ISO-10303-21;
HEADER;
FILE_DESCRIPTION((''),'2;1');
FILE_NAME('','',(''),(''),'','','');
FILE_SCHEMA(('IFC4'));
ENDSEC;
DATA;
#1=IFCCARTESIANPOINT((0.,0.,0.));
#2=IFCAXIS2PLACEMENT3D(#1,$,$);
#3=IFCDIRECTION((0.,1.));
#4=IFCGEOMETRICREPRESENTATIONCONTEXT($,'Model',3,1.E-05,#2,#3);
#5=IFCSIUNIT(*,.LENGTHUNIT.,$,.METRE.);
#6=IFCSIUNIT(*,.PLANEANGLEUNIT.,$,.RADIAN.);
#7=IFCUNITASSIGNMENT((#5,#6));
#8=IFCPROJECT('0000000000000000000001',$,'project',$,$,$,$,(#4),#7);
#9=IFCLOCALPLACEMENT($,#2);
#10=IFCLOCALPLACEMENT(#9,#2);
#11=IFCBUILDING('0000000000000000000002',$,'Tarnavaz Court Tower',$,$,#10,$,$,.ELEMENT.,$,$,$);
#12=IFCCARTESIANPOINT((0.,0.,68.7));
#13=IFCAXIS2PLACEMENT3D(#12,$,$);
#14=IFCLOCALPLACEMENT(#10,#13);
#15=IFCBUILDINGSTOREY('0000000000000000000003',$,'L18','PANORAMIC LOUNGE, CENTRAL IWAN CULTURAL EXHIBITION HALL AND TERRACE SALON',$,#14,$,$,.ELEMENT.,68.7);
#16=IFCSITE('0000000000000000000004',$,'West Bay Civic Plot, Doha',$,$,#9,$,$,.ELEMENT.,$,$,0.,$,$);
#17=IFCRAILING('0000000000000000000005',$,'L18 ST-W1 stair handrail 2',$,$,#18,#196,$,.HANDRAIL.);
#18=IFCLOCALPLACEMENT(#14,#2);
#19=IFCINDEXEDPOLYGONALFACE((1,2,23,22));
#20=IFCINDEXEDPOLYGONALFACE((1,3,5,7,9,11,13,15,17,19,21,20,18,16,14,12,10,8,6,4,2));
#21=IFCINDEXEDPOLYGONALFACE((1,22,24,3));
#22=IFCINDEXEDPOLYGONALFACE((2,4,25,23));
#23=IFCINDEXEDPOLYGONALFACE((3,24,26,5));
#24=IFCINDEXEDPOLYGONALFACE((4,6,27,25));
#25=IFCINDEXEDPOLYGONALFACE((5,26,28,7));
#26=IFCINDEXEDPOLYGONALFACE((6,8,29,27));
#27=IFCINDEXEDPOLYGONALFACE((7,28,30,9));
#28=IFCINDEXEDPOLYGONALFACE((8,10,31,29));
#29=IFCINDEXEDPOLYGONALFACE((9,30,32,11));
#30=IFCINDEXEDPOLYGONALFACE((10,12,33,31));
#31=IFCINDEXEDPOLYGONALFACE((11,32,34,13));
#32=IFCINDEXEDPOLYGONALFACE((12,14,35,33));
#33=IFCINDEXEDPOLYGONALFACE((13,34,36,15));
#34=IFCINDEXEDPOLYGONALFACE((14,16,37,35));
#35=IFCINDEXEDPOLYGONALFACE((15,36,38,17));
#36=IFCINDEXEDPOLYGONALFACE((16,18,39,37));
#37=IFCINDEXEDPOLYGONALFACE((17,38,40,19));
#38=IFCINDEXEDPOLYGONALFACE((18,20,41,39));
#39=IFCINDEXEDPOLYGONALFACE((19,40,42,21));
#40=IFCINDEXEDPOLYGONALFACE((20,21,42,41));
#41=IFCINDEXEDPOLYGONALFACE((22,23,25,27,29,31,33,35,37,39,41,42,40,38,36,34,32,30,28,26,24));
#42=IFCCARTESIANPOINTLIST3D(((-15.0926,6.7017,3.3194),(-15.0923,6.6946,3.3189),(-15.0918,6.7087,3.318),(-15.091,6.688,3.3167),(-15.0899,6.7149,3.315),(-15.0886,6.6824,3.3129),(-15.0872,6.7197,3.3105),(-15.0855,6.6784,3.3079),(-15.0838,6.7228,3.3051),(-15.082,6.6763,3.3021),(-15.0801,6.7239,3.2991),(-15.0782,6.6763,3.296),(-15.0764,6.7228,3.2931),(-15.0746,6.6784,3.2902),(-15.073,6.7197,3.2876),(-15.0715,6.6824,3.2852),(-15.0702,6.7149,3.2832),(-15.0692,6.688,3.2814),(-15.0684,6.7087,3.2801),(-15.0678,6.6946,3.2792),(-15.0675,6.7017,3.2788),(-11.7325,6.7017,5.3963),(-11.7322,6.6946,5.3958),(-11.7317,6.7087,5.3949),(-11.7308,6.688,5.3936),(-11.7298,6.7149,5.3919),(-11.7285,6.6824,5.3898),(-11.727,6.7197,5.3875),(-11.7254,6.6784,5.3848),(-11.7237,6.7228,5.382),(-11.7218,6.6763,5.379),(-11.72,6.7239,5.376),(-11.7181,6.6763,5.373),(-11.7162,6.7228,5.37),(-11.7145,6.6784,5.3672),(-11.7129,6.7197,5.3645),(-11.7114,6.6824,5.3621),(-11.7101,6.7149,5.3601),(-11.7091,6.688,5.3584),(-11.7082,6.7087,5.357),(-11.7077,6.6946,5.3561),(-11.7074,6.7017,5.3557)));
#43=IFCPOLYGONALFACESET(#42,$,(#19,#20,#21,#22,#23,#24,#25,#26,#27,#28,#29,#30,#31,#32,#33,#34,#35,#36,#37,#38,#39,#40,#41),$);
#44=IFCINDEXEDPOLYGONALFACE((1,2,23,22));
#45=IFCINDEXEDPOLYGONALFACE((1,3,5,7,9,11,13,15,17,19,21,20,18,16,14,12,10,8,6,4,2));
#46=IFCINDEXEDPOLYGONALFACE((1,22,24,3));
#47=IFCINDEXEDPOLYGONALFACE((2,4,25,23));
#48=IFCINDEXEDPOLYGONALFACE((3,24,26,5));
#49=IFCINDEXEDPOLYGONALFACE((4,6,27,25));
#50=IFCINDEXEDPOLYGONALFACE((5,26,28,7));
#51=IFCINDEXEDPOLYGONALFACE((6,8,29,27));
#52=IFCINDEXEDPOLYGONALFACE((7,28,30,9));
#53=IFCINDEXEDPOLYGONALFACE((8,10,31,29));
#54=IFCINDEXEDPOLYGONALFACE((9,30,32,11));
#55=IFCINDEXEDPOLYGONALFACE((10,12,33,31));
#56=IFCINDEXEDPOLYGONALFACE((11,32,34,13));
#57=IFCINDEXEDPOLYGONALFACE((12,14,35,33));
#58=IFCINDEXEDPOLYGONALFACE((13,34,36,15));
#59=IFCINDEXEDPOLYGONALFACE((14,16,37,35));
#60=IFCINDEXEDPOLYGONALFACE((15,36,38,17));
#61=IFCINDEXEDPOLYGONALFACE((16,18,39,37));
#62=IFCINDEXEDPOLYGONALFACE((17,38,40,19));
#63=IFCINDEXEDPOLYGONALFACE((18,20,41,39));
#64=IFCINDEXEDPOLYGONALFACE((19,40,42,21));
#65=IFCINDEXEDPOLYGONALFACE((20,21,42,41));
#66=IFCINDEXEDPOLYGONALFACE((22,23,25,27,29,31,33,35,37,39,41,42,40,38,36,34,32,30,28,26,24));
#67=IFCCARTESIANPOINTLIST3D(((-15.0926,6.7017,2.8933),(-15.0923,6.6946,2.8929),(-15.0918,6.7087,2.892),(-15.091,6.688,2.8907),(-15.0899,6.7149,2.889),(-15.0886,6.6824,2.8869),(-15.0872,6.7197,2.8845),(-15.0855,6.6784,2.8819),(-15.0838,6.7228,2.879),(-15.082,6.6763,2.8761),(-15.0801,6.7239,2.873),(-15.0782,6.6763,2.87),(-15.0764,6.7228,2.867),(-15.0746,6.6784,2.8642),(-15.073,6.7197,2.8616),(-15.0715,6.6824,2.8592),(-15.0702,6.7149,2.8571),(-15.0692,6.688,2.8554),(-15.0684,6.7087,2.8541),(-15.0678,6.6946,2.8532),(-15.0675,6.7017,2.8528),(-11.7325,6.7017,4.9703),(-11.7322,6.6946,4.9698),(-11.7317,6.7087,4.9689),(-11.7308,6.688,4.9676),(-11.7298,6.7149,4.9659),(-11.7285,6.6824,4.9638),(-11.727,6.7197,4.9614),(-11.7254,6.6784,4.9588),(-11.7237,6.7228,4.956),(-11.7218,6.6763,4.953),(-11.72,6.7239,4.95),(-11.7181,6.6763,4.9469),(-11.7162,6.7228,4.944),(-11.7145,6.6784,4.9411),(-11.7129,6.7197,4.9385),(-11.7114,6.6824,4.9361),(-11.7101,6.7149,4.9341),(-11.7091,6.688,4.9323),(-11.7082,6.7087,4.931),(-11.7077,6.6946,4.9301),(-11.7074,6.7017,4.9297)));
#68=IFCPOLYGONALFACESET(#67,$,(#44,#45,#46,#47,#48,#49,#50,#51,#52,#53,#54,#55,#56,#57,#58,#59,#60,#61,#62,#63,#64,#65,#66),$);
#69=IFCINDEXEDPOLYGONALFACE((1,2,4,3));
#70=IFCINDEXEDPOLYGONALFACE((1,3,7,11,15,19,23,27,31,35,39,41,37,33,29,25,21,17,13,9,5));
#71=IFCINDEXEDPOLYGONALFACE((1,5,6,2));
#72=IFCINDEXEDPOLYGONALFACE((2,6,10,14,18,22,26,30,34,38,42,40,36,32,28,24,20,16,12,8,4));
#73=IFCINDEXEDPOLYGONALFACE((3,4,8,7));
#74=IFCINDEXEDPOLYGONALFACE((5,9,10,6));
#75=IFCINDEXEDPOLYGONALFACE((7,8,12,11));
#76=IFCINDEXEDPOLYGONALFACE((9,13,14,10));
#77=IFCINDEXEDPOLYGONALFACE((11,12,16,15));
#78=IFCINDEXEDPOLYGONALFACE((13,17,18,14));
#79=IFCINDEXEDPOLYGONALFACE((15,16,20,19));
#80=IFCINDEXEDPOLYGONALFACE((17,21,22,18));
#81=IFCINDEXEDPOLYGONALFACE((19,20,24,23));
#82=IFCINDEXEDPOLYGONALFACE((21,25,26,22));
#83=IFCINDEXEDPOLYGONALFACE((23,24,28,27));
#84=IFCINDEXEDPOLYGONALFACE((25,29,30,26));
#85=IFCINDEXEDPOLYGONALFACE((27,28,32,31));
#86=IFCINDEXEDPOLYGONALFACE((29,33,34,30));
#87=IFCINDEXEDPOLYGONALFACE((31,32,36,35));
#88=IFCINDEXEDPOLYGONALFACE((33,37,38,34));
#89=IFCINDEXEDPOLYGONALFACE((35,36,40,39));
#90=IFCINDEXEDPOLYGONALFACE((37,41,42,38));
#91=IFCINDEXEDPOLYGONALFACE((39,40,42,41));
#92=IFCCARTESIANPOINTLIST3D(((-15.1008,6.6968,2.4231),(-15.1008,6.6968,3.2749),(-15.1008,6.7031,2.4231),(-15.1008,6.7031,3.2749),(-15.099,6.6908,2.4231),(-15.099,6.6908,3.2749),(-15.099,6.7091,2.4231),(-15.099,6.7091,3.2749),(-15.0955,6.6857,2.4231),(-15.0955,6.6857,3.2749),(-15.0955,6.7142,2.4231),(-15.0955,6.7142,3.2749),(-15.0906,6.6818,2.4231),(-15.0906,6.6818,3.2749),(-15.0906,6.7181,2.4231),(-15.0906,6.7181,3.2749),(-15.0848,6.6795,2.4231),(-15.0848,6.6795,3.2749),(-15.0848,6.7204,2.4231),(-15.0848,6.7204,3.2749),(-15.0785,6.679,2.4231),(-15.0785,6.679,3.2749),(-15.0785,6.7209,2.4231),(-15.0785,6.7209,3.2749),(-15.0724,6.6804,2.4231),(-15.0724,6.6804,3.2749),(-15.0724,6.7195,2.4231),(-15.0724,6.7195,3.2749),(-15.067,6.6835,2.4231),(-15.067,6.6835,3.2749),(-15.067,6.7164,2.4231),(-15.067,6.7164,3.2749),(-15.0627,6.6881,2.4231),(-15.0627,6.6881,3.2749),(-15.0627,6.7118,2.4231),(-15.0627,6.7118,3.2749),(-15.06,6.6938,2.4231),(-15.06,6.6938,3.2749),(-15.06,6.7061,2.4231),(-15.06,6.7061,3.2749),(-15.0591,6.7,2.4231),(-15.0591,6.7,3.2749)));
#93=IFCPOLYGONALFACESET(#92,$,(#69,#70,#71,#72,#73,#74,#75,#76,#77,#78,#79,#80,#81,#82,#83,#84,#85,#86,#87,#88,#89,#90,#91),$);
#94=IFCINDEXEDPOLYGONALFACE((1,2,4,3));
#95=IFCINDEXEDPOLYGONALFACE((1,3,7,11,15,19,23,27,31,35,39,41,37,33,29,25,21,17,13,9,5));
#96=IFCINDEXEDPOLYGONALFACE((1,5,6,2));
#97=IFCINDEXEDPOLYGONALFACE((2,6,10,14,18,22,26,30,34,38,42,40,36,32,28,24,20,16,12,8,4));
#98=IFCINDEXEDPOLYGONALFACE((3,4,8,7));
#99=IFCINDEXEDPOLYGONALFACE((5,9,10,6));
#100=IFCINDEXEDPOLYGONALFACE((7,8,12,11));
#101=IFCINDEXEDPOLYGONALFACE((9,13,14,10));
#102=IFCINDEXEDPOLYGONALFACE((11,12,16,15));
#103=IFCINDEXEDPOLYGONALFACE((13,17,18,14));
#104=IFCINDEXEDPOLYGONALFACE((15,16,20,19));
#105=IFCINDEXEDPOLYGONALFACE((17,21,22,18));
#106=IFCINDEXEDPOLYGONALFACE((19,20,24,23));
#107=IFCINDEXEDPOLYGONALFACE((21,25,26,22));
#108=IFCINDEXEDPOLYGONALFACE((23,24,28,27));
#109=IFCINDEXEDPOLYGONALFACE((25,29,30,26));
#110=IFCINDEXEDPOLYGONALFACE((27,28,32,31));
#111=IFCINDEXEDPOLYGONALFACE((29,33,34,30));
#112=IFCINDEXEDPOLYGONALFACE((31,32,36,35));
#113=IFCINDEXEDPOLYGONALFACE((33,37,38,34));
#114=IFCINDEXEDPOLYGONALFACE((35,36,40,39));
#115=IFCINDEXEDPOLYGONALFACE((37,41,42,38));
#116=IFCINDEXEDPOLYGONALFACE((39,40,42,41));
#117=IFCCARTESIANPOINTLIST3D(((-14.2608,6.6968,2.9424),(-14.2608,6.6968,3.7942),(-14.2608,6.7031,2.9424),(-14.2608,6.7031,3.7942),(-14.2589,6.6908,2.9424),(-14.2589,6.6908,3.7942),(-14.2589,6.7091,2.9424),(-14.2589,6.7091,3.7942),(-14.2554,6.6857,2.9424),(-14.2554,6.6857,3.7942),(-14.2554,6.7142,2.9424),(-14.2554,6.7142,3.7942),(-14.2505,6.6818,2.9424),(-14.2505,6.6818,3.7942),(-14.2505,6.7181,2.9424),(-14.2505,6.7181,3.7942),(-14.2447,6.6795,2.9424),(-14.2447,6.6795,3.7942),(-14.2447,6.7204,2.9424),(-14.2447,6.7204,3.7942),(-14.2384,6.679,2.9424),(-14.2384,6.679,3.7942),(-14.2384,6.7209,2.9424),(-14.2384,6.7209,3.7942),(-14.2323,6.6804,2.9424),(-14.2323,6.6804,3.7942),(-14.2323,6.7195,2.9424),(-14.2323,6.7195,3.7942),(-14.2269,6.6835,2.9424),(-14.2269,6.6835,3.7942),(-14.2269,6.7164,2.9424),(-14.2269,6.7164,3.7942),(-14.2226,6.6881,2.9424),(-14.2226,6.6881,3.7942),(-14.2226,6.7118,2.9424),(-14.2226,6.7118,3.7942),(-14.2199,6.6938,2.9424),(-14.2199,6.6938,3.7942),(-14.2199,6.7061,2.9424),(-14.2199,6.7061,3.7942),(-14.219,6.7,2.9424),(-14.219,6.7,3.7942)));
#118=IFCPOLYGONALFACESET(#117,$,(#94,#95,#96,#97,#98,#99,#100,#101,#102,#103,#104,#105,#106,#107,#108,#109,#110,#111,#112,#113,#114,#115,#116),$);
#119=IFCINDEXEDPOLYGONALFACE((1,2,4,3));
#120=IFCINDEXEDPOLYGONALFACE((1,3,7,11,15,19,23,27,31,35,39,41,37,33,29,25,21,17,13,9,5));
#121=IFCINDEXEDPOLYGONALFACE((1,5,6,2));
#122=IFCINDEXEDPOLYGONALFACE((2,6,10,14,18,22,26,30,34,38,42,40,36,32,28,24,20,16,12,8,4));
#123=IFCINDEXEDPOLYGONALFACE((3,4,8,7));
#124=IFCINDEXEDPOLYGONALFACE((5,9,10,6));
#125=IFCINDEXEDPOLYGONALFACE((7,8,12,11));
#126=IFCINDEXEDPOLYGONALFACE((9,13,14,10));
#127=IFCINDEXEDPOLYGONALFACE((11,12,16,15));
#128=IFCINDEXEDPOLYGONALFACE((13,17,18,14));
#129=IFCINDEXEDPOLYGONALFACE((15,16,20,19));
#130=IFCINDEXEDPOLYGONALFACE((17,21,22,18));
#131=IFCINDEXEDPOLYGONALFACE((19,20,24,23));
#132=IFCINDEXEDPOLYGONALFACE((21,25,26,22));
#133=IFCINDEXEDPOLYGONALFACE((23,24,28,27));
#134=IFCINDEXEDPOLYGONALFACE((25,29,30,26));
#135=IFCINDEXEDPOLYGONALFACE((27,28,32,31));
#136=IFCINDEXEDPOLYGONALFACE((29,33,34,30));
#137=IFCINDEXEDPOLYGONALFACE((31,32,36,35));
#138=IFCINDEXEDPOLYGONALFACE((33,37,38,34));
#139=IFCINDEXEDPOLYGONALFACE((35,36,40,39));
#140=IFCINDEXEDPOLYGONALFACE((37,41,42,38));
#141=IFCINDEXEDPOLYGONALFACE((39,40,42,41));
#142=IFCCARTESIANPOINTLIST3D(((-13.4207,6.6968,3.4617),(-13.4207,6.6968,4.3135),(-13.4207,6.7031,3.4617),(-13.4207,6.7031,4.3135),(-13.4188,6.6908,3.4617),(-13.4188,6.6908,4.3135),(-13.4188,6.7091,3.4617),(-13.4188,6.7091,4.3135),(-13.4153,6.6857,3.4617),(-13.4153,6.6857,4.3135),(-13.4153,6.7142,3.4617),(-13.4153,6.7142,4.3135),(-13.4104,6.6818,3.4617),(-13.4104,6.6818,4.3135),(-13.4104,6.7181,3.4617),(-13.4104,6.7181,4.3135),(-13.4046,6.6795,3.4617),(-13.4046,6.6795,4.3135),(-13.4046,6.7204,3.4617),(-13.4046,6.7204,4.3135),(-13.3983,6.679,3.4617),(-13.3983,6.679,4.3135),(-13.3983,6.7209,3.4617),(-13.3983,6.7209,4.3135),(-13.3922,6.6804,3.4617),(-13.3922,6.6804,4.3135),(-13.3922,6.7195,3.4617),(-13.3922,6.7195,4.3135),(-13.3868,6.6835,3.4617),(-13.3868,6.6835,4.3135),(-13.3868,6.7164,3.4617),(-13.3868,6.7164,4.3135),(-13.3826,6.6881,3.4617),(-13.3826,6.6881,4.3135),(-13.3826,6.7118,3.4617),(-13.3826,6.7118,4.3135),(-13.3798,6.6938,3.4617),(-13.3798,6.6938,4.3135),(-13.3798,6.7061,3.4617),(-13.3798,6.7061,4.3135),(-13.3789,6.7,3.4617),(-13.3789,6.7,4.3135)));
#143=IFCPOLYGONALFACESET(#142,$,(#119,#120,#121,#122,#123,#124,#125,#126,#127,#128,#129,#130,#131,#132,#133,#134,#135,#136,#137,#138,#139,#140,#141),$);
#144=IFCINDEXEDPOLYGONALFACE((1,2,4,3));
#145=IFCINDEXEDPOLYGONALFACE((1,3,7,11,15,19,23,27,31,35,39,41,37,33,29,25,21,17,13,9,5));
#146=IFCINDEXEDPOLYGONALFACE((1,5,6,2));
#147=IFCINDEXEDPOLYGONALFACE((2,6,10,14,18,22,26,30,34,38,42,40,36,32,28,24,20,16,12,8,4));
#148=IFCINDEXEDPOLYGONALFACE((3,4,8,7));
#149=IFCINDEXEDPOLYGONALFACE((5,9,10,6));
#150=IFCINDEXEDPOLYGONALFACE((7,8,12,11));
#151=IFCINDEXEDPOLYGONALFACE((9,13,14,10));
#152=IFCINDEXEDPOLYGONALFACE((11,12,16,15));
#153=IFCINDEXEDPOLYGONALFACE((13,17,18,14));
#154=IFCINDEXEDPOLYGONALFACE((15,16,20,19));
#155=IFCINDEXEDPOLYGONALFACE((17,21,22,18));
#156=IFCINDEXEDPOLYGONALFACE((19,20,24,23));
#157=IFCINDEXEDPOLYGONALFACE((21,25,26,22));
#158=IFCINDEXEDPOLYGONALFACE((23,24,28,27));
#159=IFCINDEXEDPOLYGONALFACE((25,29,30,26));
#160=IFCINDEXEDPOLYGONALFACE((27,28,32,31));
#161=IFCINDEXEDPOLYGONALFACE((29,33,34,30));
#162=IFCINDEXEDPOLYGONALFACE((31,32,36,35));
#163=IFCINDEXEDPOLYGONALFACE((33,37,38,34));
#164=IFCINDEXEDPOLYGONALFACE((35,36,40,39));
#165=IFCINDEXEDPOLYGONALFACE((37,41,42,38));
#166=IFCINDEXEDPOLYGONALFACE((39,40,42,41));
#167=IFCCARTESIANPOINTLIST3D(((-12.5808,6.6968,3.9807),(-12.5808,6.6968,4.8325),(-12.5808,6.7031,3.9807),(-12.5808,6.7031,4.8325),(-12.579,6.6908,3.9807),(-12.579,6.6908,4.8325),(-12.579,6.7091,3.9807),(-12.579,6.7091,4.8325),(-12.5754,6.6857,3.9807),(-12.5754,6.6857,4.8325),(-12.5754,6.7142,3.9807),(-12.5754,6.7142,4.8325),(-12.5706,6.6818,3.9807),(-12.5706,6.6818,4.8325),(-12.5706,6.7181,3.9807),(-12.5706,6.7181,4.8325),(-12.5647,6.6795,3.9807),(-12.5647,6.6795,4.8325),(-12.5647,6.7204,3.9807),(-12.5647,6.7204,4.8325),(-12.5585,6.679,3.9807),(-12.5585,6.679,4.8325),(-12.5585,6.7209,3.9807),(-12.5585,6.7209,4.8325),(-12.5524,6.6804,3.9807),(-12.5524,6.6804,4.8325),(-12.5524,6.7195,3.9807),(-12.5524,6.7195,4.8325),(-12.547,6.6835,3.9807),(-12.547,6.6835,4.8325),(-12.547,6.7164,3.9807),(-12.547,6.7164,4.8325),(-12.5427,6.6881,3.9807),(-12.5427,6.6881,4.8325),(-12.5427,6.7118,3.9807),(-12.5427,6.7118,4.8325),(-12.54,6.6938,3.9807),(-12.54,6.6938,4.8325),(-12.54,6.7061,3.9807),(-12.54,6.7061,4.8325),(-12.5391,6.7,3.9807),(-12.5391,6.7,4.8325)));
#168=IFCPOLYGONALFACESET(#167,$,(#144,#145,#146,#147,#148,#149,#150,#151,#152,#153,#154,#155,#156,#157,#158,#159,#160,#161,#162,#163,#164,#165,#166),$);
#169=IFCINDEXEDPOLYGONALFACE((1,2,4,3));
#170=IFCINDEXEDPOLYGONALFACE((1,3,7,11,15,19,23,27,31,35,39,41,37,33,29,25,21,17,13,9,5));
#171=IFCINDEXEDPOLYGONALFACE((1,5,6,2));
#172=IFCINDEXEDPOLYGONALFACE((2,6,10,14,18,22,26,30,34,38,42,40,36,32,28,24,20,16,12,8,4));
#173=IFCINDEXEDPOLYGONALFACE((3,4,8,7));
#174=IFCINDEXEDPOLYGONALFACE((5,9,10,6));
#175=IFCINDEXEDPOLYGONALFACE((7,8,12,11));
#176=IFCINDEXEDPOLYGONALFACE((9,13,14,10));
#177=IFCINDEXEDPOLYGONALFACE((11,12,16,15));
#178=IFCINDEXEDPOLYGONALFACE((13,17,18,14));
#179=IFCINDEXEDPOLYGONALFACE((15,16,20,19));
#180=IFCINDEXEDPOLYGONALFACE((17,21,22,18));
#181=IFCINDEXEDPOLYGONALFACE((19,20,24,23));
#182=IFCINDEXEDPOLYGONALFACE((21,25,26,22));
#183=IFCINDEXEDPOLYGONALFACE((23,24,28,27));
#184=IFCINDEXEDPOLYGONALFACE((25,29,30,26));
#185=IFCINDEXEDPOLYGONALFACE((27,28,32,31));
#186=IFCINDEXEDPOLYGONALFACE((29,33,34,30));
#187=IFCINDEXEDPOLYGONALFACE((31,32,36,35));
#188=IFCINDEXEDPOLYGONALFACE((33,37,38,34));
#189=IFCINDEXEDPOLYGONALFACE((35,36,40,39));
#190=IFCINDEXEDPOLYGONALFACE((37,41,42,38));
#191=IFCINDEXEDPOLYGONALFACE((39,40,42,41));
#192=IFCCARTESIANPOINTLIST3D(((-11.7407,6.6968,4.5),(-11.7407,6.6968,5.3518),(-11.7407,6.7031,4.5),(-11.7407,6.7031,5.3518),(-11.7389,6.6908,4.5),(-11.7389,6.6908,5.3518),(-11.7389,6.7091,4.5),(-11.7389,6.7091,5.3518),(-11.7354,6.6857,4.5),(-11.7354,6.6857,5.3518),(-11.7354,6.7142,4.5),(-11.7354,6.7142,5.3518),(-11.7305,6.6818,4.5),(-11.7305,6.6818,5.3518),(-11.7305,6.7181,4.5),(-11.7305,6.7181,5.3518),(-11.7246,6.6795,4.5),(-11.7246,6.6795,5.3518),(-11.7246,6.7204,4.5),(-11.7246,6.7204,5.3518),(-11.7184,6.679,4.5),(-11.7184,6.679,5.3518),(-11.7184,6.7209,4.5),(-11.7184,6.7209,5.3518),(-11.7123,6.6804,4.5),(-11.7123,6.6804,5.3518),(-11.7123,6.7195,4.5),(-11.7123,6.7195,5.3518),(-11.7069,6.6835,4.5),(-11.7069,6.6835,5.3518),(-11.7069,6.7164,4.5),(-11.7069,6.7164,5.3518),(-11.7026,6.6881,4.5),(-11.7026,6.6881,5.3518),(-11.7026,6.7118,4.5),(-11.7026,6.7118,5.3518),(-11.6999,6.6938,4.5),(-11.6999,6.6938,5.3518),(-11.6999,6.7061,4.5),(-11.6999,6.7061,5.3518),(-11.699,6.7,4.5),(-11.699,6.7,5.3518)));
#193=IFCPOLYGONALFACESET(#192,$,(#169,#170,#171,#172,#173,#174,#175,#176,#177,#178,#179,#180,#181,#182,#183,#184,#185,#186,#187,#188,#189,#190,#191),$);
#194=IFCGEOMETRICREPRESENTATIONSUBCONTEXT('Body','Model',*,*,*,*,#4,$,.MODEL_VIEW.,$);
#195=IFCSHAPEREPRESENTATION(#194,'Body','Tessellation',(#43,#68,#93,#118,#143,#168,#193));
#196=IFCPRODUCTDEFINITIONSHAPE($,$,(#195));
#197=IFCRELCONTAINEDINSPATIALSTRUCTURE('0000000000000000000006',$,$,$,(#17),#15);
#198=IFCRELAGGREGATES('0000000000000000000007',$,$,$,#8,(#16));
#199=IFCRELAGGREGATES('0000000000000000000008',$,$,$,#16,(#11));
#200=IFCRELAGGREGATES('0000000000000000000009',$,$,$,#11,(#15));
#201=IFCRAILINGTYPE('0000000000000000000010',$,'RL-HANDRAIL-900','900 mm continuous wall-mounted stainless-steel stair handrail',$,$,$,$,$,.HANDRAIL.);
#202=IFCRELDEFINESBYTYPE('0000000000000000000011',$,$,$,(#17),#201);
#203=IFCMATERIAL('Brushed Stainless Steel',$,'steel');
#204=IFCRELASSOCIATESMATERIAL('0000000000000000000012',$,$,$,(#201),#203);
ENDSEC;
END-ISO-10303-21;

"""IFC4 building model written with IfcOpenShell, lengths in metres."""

from ifc_helpers import new_model, si_unit, direction, frame, origin, origin_2d, place, context, subcontext, project, spatial, circle, extrude, material, type_object, element, save


model = new_model("IFC4")

# Units and contexts
model_context = context("Model", 3, precision=1e-05, world=origin(), true_north=direction((0.0, 1.0)))
body_context = subcontext(model_context, "Body", "Model", "MODEL_VIEW")
ifc_project = project(units=[si_unit("LENGTHUNIT", "METRE"), si_unit("PLANEANGLEUNIT", "RADIAN")], contexts=[model_context])

# Site, building, storey
site_placement = place(None, origin())
site = spatial("IfcSite", under=ifc_project, at=site_placement, Name="West Bay Civic Plot, Doha", CompositionType="ELEMENT", RefElevation=0.0)
building_placement = place(site_placement, origin())
building = spatial("IfcBuilding", under=site, at=building_placement, Name="Tarnavaz Court Tower", CompositionType="ELEMENT")
storey_placement = place(building_placement, frame((0.0, 0.0, 68.7)))
storey = spatial("IfcBuildingStorey", under=building, at=storey_placement, Name="L18", Description="PANORAMIC LOUNGE, CENTRAL IWAN CULTURAL EXHIBITION HALL AND TERRACE SALON", CompositionType="ELEMENT", Elevation=68.7)

# Railing
ifc_material_1 = material(Name="Brushed Stainless Steel", Category="steel")
railing_type_1 = type_object("IfcRailingType", Name="RL-HANDRAIL-900", Description="900 mm continuous wall-mounted stainless-steel stair handrail", PredefinedType="HANDRAIL", material=ifc_material_1)
railing_1_placement = place(storey_placement, frame((-15.0801, 6.7, 2.4231)))
element("IfcRailing", 1, at=railing_1_placement, inside=storey, type_object=railing_type_1, Name="L18 ST-W1 stair handrail 2", PredefinedType="HANDRAIL", context=body_context, shape_type="SweptSolid", body=[
    extrude(circle(Radius=0.0239, at=origin_2d()), frame((0.0, 0.0, 0.876), z_axis=(0.850623, 0.0, 0.525776), x_axis=(0.0, 1.0, 0.0)), (0.0, 0.0, 1.0), 3.9502),
    extrude(circle(Radius=0.0239, at=origin_2d()), frame((0.0, 0.0, 0.45), z_axis=(0.850623, 0.0, 0.525776), x_axis=(0.0, 1.0, 0.0)), (0.0, 0.0, 1.0), 3.9502),
    extrude(circle(Radius=0.021, at=origin_2d()), origin(), (0.0, 0.0, 1.0), 0.8518),
    extrude(circle(Radius=0.021, at=origin_2d()), frame((0.8401, 0.0, 0.5193)), (0.0, 0.0, 1.0), 0.8518),
    extrude(circle(Radius=0.021, at=origin_2d()), frame((1.6802, 0.0, 1.0386)), (0.0, 0.0, 1.0), 0.8518),
    extrude(circle(Radius=0.021, at=origin_2d()), frame((2.52, 0.0, 1.5576)), (0.0, 0.0, 1.0), 0.8518),
    extrude(circle(Radius=0.021, at=origin_2d()), frame((3.3601, 0.0, 2.0769)), (0.0, 0.0, 1.0), 0.8518),
])

save(model, "model.ifc")
